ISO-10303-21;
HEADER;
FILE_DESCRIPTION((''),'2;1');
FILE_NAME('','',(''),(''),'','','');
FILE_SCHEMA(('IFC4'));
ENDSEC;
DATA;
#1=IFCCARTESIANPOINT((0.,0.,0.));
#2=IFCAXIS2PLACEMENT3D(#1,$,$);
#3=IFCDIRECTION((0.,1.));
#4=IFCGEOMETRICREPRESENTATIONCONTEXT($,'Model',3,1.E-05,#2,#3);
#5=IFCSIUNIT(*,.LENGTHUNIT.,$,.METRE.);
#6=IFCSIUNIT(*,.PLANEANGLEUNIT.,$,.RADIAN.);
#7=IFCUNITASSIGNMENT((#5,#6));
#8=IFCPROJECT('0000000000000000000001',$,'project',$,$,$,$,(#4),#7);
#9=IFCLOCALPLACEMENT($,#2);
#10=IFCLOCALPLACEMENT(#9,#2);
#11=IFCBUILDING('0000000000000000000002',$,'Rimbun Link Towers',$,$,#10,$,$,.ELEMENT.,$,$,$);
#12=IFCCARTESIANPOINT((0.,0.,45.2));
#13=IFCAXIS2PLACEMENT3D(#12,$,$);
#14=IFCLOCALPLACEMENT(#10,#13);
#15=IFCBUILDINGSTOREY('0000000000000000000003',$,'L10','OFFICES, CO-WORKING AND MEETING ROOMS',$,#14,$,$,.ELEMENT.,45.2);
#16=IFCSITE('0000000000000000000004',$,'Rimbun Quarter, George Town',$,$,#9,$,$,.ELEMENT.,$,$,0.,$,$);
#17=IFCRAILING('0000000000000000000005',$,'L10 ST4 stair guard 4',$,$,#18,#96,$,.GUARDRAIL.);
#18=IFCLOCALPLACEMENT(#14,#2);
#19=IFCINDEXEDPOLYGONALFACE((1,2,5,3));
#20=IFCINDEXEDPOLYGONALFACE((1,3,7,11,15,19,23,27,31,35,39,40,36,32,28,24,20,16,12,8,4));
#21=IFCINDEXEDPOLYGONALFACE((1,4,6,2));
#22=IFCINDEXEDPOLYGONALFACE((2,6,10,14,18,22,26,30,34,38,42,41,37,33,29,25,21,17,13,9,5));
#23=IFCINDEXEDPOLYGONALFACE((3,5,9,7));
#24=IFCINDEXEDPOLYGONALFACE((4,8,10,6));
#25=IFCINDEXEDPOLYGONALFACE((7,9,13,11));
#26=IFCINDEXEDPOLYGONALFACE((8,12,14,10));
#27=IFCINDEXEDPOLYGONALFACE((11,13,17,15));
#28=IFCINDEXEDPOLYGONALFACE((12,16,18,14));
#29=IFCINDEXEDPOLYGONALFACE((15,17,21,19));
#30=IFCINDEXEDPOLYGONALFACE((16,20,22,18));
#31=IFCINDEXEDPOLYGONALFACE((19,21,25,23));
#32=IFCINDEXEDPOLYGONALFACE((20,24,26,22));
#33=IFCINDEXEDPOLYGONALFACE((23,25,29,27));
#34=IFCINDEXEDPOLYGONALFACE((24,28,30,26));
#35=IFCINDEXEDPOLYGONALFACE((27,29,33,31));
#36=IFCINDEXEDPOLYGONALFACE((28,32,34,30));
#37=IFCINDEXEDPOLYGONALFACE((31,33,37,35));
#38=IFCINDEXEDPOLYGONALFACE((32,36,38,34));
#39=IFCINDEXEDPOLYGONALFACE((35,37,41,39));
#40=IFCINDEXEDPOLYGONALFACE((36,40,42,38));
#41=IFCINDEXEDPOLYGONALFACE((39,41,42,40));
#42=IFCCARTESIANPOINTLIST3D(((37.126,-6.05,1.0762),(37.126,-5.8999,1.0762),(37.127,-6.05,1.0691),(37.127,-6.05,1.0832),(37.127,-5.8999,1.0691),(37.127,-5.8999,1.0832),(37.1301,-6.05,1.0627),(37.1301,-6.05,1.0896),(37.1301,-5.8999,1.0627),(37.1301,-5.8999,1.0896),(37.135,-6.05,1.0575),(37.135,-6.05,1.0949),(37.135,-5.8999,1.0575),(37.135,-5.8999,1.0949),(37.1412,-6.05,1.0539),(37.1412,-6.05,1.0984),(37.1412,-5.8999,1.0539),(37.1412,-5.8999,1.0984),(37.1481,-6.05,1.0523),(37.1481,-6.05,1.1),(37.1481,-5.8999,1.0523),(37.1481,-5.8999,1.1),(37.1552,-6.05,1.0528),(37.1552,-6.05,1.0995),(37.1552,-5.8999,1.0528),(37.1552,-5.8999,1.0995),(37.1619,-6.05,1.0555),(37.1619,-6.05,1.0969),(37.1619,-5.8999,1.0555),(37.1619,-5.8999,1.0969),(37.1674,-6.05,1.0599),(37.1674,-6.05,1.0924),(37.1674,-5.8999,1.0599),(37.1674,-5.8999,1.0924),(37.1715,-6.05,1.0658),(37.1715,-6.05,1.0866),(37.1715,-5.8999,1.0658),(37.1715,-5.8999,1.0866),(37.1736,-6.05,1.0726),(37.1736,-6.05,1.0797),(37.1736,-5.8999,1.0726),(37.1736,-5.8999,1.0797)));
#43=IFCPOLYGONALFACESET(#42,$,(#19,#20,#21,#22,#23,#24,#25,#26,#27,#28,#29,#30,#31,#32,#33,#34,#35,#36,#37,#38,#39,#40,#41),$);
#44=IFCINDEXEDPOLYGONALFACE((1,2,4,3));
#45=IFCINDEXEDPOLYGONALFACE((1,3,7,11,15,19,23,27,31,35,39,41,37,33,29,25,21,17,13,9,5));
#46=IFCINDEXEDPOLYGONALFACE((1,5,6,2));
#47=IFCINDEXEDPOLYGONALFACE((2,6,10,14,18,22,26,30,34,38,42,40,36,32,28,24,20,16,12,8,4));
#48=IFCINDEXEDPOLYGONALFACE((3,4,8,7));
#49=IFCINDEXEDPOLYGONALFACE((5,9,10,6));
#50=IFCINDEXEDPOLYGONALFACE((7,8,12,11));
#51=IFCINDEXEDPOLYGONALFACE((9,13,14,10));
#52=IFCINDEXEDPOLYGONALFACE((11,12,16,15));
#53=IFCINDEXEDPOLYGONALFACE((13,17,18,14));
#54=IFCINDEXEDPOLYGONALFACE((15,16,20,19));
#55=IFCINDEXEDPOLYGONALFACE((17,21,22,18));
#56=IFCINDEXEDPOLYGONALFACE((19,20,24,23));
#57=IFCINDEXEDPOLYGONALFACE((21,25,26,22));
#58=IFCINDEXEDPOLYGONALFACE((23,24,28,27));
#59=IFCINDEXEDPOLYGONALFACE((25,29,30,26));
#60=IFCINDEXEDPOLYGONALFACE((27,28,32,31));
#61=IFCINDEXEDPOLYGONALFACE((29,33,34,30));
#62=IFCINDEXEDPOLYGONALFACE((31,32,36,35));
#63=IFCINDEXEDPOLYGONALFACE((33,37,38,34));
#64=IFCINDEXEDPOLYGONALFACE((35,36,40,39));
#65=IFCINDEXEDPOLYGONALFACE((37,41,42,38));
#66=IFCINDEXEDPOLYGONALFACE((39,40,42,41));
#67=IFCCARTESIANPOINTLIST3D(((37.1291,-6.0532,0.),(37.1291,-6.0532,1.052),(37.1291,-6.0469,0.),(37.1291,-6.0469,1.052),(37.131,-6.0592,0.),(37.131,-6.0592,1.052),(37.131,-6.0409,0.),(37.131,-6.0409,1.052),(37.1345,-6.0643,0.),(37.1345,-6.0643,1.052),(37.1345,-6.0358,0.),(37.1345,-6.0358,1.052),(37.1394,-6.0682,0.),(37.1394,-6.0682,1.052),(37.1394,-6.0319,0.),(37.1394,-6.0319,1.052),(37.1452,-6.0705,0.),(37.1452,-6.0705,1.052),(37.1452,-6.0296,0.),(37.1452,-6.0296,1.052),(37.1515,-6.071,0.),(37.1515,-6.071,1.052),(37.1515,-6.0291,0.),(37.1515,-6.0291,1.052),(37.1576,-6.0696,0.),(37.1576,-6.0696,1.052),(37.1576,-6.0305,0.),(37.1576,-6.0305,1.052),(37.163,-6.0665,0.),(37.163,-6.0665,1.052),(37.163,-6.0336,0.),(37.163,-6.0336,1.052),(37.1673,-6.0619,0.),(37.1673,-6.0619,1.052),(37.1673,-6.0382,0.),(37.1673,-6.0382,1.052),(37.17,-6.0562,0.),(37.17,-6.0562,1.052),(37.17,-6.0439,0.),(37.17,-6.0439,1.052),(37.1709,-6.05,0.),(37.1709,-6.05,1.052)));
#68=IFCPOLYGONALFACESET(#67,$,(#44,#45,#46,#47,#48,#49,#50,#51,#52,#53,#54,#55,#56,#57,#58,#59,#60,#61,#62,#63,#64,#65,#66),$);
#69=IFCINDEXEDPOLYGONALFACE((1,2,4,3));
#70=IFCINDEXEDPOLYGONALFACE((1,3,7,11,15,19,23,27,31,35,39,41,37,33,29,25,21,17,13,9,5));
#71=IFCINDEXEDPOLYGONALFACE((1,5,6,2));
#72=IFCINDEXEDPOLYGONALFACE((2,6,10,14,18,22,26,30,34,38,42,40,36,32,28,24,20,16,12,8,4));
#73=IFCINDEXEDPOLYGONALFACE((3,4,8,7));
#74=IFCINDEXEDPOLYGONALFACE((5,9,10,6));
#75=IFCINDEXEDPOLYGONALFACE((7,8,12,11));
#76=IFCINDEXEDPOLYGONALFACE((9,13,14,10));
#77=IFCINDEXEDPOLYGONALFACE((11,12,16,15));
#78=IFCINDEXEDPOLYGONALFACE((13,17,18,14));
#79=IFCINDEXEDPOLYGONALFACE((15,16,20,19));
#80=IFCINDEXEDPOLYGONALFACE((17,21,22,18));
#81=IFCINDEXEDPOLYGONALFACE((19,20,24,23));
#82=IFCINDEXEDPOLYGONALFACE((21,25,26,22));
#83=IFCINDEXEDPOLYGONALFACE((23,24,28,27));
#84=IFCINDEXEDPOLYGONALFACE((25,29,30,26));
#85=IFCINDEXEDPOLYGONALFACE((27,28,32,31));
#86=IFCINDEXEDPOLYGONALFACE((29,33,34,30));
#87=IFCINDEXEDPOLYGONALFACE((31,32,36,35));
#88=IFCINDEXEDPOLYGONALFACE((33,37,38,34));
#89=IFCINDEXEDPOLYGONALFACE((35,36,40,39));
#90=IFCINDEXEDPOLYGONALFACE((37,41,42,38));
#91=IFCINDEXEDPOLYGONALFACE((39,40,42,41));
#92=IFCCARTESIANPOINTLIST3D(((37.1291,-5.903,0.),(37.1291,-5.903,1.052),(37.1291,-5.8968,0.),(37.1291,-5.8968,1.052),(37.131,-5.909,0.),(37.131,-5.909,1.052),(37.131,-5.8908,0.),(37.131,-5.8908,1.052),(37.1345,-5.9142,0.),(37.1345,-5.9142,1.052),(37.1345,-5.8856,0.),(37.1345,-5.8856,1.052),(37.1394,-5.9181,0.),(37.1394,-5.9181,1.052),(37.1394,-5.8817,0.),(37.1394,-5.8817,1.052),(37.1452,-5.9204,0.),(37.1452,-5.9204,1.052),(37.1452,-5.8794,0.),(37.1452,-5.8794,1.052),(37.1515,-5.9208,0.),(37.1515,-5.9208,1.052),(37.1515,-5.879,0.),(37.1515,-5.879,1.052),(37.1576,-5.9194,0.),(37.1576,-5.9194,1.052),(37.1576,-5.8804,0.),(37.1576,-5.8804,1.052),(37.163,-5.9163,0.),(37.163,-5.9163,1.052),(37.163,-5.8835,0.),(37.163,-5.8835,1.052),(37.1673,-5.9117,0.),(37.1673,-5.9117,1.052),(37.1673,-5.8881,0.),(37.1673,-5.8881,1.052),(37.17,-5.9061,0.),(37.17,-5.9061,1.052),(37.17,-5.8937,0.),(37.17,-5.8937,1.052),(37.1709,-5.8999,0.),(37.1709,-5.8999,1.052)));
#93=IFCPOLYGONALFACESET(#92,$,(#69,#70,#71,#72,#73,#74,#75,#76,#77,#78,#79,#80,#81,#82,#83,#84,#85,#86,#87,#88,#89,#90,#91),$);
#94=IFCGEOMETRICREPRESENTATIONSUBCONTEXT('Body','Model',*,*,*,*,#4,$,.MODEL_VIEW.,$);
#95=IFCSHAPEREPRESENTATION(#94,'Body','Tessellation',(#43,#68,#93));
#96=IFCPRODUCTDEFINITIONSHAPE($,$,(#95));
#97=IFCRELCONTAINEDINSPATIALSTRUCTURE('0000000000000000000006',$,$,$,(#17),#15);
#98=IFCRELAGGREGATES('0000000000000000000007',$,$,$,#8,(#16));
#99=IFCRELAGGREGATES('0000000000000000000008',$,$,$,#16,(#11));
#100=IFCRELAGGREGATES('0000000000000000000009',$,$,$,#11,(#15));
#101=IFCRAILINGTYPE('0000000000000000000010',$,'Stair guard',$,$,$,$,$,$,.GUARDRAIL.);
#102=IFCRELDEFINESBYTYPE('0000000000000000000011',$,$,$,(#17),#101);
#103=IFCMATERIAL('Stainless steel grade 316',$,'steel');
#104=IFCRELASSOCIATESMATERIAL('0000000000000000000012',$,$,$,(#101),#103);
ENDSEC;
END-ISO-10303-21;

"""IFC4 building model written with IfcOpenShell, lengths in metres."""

from ifc_helpers import new_model, si_unit, direction, frame, origin, origin_2d, place, context, subcontext, project, spatial, circle, extrude, material, type_object, element, save


model = new_model("IFC4")

# Units and contexts
model_context = context("Model", 3, precision=1e-05, world=origin(), true_north=direction((0.0, 1.0)))
body_context = subcontext(model_context, "Body", "Model", "MODEL_VIEW")
ifc_project = project(units=[si_unit("LENGTHUNIT", "METRE"), si_unit("PLANEANGLEUNIT", "RADIAN")], contexts=[model_context])

# Site, building, storey
site_placement = place(None, origin())
site = spatial("IfcSite", under=ifc_project, at=site_placement, Name="Rimbun Quarter, George Town", CompositionType="ELEMENT", RefElevation=0.0)
building_placement = place(site_placement, origin())
building = spatial("IfcBuilding", under=site, at=building_placement, Name="Rimbun Link Towers", CompositionType="ELEMENT")
storey_placement = place(building_placement, frame((0.0, 0.0, 45.2)))
storey = spatial("IfcBuildingStorey", under=building, at=storey_placement, Name="L10", Description="OFFICES, CO-WORKING AND MEETING ROOMS", CompositionType="ELEMENT", Elevation=45.2)

# Railing
ifc_material_1 = material(Name="Stainless steel grade 316", Category="steel")
railing_type_1 = type_object("IfcRailingType", Name="Stair guard", PredefinedType="GUARDRAIL", material=ifc_material_1)
railing_1_placement = place(storey_placement, frame((37.1499, -6.05, 0.0)))
element("IfcRailing", 1, at=railing_1_placement, inside=storey, type_object=railing_type_1, Name="L10 ST4 stair guard 4", PredefinedType="GUARDRAIL", context=body_context, shape_type="SweptSolid", body=[
    extrude(circle(Radius=0.0239, at=origin_2d()), frame((0.0, 0.0, 1.0762), z_axis=(0.0, 1.0, 0.0), x_axis=(-1.0, 0.0, 0.0)), (0.0, 0.0, 1.0), 0.1501),
    extrude(circle(Radius=0.021, at=origin_2d()), origin(), (0.0, 0.0, 1.0), 1.052),
    extrude(circle(Radius=0.021, at=origin_2d()), frame((0.0, 0.1501, 0.0)), (0.0, 0.0, 1.0), 1.052),
])

save(model, "model.ifc")
